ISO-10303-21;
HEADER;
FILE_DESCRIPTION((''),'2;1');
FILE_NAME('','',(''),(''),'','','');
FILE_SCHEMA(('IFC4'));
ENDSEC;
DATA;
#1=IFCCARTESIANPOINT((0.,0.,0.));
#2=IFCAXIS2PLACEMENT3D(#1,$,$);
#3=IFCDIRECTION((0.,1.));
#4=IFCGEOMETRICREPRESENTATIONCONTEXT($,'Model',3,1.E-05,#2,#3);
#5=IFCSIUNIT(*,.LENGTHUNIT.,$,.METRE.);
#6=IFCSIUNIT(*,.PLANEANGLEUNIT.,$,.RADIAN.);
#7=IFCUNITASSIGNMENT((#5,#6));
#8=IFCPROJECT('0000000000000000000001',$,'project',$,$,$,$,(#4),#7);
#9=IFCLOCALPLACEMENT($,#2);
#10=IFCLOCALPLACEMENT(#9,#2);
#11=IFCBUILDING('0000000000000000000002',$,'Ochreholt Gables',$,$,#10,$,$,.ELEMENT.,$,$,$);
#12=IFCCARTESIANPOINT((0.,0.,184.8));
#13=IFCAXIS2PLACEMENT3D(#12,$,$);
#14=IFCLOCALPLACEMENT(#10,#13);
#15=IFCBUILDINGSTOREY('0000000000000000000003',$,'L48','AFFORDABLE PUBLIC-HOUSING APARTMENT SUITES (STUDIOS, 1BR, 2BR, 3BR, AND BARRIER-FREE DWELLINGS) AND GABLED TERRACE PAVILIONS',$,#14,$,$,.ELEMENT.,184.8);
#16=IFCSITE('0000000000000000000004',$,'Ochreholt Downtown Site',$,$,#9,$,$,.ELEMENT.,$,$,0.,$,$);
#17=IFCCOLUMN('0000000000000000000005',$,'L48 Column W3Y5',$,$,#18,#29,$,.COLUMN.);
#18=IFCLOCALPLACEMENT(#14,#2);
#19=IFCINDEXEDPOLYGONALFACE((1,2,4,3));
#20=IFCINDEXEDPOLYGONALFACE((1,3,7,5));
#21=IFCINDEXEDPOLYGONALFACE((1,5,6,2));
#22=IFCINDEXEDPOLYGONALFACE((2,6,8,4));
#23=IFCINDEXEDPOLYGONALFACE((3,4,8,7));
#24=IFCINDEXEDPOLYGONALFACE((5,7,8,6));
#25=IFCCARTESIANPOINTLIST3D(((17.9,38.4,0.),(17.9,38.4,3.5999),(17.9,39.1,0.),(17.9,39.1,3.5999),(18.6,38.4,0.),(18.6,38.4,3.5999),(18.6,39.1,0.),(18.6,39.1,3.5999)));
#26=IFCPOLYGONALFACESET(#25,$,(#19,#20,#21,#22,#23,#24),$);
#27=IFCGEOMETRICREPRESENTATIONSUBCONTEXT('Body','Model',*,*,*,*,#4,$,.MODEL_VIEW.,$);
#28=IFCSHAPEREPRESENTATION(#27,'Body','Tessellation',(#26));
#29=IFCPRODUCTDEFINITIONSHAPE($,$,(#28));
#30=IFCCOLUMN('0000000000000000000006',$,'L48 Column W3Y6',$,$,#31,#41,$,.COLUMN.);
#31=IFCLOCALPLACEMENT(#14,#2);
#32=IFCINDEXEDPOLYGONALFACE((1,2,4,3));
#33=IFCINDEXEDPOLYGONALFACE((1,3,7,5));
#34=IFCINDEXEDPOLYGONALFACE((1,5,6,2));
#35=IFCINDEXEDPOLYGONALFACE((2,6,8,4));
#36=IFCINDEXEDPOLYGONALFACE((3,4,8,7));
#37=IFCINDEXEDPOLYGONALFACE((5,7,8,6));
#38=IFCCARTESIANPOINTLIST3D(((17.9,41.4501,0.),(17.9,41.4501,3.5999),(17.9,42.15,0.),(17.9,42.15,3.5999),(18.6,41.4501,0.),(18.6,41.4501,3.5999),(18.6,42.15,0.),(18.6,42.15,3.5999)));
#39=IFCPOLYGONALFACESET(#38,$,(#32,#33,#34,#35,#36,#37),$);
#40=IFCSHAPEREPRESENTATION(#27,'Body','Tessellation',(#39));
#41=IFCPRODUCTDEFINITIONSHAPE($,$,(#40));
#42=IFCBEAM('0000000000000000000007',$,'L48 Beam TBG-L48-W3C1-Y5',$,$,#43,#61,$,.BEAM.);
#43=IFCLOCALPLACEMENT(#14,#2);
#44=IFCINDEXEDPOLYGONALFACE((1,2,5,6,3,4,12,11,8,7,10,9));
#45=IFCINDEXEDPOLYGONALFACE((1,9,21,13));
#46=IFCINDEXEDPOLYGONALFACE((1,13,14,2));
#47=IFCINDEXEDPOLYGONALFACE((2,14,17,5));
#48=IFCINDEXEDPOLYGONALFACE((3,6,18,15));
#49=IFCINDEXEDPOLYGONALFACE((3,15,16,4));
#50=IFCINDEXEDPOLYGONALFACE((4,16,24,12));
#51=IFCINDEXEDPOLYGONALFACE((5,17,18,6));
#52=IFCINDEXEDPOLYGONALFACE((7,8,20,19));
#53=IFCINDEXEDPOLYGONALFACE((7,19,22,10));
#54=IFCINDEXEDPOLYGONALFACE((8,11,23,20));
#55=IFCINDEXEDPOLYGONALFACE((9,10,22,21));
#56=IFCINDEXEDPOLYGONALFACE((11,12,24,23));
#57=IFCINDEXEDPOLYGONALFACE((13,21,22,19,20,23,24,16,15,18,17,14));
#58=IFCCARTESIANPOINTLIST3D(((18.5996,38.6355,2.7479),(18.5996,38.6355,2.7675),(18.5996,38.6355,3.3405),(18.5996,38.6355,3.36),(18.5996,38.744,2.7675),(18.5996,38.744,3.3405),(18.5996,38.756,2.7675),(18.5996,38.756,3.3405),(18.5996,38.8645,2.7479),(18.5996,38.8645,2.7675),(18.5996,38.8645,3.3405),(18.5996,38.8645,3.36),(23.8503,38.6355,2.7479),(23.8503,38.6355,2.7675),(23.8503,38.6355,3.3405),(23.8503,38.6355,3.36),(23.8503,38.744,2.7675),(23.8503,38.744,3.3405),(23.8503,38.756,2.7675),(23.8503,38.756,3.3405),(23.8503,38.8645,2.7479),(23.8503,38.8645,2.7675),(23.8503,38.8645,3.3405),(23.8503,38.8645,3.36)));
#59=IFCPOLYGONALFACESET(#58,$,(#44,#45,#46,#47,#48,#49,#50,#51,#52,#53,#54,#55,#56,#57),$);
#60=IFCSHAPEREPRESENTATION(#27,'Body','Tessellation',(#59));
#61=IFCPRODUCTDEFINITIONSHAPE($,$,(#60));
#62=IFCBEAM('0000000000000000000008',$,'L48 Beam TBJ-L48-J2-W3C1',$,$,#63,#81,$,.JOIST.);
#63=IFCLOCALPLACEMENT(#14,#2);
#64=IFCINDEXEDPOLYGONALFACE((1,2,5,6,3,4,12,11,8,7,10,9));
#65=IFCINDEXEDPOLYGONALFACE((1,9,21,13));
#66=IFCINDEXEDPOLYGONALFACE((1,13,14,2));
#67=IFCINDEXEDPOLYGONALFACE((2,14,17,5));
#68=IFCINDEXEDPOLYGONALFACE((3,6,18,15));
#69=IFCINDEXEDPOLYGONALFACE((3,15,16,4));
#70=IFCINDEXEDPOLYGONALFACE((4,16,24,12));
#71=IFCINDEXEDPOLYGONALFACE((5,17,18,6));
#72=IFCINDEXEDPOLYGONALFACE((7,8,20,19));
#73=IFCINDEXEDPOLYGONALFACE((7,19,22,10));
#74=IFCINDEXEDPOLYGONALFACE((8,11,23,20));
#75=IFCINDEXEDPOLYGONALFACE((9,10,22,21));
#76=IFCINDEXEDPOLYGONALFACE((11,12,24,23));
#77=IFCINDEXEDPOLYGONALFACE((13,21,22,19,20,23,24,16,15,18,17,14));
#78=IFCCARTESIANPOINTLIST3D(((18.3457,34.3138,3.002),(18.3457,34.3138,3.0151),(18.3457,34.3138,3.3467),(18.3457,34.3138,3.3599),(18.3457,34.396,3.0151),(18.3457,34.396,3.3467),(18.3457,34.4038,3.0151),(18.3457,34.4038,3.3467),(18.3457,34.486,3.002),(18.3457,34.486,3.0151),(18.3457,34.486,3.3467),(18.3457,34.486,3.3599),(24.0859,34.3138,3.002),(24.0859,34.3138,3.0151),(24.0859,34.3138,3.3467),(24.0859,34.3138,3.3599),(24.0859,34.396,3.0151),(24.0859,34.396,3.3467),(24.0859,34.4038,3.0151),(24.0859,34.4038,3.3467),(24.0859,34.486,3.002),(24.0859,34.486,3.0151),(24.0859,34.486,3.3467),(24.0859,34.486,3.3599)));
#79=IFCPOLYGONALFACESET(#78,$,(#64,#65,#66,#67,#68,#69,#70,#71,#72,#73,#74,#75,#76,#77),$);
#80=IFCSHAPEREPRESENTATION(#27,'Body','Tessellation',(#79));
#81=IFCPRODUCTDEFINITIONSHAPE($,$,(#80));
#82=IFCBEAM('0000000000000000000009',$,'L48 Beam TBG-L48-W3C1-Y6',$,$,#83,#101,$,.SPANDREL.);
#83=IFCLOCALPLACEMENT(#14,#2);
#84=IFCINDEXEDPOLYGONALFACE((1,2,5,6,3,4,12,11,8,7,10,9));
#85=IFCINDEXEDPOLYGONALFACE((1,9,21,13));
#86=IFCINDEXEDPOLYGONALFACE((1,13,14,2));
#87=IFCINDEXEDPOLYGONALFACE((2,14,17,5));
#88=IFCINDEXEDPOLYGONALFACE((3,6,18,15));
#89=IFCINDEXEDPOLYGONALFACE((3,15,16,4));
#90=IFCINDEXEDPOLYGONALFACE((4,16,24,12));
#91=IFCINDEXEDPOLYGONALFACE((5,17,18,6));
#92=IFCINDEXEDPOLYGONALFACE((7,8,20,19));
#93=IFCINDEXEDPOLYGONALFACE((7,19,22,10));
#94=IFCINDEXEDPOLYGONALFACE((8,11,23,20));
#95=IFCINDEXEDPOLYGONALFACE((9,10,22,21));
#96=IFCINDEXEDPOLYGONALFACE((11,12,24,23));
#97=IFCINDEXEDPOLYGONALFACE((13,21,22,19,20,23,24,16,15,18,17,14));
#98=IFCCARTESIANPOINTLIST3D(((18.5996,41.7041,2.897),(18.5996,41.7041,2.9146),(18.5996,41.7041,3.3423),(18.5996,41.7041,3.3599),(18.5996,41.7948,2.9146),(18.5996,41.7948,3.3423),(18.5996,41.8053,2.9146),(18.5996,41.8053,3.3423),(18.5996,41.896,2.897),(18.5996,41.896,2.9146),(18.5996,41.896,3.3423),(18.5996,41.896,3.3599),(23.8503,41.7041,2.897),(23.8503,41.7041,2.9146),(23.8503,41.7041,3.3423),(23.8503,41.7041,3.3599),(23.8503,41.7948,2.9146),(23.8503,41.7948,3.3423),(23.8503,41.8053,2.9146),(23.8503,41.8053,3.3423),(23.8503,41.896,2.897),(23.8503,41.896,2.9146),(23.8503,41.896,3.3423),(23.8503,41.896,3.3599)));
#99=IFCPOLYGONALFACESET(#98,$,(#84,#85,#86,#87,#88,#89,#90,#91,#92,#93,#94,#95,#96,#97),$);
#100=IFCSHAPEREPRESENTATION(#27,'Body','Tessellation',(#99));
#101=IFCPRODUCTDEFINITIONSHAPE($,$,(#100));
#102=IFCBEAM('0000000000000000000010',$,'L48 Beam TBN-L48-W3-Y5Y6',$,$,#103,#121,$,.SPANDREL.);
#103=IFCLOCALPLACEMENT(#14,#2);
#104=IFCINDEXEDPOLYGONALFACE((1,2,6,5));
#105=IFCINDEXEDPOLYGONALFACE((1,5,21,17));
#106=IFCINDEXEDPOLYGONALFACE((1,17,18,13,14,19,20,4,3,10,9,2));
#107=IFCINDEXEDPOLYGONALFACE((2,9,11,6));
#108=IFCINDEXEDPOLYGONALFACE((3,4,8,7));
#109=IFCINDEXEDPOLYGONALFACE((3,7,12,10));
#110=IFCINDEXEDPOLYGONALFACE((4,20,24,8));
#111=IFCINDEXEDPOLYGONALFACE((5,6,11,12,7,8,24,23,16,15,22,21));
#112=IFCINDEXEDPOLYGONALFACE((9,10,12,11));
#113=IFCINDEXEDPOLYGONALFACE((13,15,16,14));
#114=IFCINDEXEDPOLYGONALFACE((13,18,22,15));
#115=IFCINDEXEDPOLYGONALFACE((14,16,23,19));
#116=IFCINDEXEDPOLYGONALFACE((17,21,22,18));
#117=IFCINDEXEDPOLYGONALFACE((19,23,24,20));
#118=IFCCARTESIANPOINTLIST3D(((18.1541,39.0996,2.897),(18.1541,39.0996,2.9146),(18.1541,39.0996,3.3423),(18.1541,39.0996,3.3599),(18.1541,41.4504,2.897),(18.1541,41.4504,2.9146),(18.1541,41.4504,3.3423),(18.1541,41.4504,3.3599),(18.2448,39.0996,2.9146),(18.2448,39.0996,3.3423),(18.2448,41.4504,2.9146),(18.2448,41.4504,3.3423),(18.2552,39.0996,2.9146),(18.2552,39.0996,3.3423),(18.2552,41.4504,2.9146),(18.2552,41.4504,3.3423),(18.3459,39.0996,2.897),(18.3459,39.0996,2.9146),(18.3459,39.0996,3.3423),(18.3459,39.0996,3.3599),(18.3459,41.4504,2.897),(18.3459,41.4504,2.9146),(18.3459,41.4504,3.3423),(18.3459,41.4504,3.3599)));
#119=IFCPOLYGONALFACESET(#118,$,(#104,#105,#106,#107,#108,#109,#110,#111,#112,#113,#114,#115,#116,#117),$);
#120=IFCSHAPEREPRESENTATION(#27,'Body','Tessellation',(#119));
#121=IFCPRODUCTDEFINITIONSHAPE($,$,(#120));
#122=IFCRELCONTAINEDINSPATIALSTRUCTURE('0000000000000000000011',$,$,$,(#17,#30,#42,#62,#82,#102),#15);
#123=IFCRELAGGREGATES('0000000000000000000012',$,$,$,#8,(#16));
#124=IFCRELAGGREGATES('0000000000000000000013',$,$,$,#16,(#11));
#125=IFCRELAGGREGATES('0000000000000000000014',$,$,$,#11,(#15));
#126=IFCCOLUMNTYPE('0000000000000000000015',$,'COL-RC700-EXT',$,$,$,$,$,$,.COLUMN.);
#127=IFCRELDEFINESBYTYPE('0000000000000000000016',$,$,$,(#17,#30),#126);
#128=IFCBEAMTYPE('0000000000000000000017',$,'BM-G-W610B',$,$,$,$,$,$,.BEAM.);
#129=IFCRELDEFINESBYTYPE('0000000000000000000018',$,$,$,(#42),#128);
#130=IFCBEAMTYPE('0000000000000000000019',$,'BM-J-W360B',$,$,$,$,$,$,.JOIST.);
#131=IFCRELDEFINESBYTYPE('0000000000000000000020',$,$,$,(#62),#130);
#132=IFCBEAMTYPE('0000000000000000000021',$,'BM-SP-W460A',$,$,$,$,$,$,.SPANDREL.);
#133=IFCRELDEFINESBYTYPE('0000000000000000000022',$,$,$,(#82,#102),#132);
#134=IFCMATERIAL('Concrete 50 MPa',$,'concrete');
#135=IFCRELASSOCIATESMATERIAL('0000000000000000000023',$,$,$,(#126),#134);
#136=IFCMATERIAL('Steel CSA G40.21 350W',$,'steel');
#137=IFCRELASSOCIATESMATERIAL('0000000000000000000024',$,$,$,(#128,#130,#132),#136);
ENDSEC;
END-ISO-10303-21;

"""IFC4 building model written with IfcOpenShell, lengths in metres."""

from ifc_helpers import new_model, si_unit, direction, frame, origin, origin_2d, place, context, subcontext, project, spatial, rectangle, i_section, extrude, material, material_profile, profile_set, type_object, element, save


model = new_model("IFC4")

# Units and contexts
model_context = context("Model", 3, precision=1e-05, world=origin(), true_north=direction((0.0, 1.0)))
body_context = subcontext(model_context, "Body", "Model", "MODEL_VIEW")
ifc_project = project(units=[si_unit("LENGTHUNIT", "METRE"), si_unit("PLANEANGLEUNIT", "RADIAN")], contexts=[model_context])

# Site, building, storey
site_placement = place(None, origin())
site = spatial("IfcSite", under=ifc_project, at=site_placement, Name="Ochreholt Downtown Site", CompositionType="ELEMENT", RefElevation=0.0)
building_placement = place(site_placement, origin())
building = spatial("IfcBuilding", under=site, at=building_placement, Name="Ochreholt Gables", CompositionType="ELEMENT")
storey_placement = place(building_placement, frame((0.0, 0.0, 184.8)))
storey = spatial("IfcBuildingStorey", under=building, at=storey_placement, Name="L48", Description="AFFORDABLE PUBLIC-HOUSING APARTMENT SUITES (STUDIOS, 1BR, 2BR, 3BR, AND BARRIER-FREE DWELLINGS) AND GABLED TERRACE PAVILIONS", CompositionType="ELEMENT", Elevation=184.8)

# Columns
ifc_material_1 = material(Name="Concrete 50 MPa", Category="concrete")
ifc_material_profile_1 = material_profile(ifc_material_1, rectangle(XDim=0.7, YDim=0.7, at=origin_2d()), Name="RC700X700")
ifc_profile_set_1 = profile_set([ifc_material_profile_1], Name="Concrete 50 MPa")
column_type = type_object("IfcColumnType", Name="COL-RC700-EXT", PredefinedType="COLUMN", material=ifc_profile_set_1)
for number, where, z_axis, x_axis, name in (
    (1, (18.25, 38.75, 0.0), (0.0, 0.0, 1.0), (1.0, 0.0, 0.0), "L48 Column W3Y5"),
    (2, (18.25, 41.8, 0.0), (0.0, 0.0, 1.0), (1.0, 0.0, 0.0), "L48 Column W3Y6"),
):
    element("IfcColumn", number, at=place(storey_placement, frame(where, z_axis=z_axis, x_axis=x_axis)), inside=storey, type_object=column_type, Name=name, PredefinedType="COLUMN", context=body_context, shape_type="SweptSolid", body=[
        extrude(rectangle(XDim=0.7, YDim=0.7, at=origin_2d()), origin(), (0.0, 0.0, 1.0), 3.5999),
    ])

# Beams
ifc_material_2 = material(Name="Steel CSA G40.21 350W", Category="steel")
ifc_material_profile_2 = material_profile(ifc_material_2, i_section(OverallWidth=0.229, OverallDepth=0.6121, WebThickness=0.012, FlangeThickness=0.0195, at=origin_2d()), Name="W610X125")
ifc_profile_set_2 = profile_set([ifc_material_profile_2], Name="Steel CSA G40.21 350W")
beam_type_1 = type_object("IfcBeamType", Name="BM-G-W610B", PredefinedType="BEAM", material=ifc_profile_set_2)
beam_1_placement = place(storey_placement, frame((18.5996, 38.75, 3.054), z_axis=(1.0, 0.0, 0.0), x_axis=(0.0, 1.0, 0.0)))
element("IfcBeam", 3, at=beam_1_placement, inside=storey, type_object=beam_type_1, Name="L48 Beam TBG-L48-W3C1-Y5", PredefinedType="BEAM", context=body_context, shape_type="SweptSolid", body=[
    extrude(i_section(OverallWidth=0.229, OverallDepth=0.6121, WebThickness=0.012, FlangeThickness=0.0195, at=origin_2d()), origin(), (0.0, 0.0, 1.0), 5.2507),
])
ifc_material_profile_3 = material_profile(ifc_material_2, i_section(OverallWidth=0.1721, OverallDepth=0.3579, WebThickness=0.0078, FlangeThickness=0.0132, at=origin_2d()), Name="W360X57")
ifc_profile_set_3 = profile_set([ifc_material_profile_3], Name="Steel CSA G40.21 350W")
beam_type_2 = type_object("IfcBeamType", Name="BM-J-W360B", PredefinedType="JOIST", material=ifc_profile_set_3)
beam_2_placement = place(storey_placement, frame((18.3457, 34.3999, 3.1809), z_axis=(1.0, 0.0, 0.0), x_axis=(0.0, 1.0, 0.0)))
element("IfcBeam", 4, at=beam_2_placement, inside=storey, type_object=beam_type_2, Name="L48 Beam TBJ-L48-J2-W3C1", PredefinedType="JOIST", context=body_context, shape_type="SweptSolid", body=[
    extrude(i_section(OverallWidth=0.1721, OverallDepth=0.3579, WebThickness=0.0078, FlangeThickness=0.0132, at=origin_2d()), origin(), (0.0, 0.0, 1.0), 5.7402),
])
ifc_material_profile_4 = material_profile(ifc_material_2, i_section(OverallWidth=0.1919, OverallDepth=0.4629, WebThickness=0.0105, FlangeThickness=0.0176, at=origin_2d()), Name="W460X89")
ifc_profile_set_4 = profile_set([ifc_material_profile_4], Name="Steel CSA G40.21 350W")
beam_type_3 = type_object("IfcBeamType", Name="BM-SP-W460A", PredefinedType="SPANDREL", material=ifc_profile_set_4)
beam_3_placement = place(storey_placement, frame((18.5996, 41.8, 3.1284), z_axis=(1.0, 0.0, 0.0), x_axis=(0.0, 1.0, 0.0)))
element("IfcBeam", 5, at=beam_3_placement, inside=storey, type_object=beam_type_3, Name="L48 Beam TBG-L48-W3C1-Y6", PredefinedType="SPANDREL", context=body_context, shape_type="SweptSolid", body=[
    extrude(i_section(OverallWidth=0.1919, OverallDepth=0.4629, WebThickness=0.0105, FlangeThickness=0.0176, at=origin_2d()), origin(), (0.0, 0.0, 1.0), 5.2507),
])
beam_4_placement = place(storey_placement, frame((18.25, 39.0996, 3.1284), z_axis=(0.0, 1.0, 0.0), x_axis=(-1.0, 0.0, 0.0)))
element("IfcBeam", 6, at=beam_4_placement, inside=storey, type_object=beam_type_3, Name="L48 Beam TBN-L48-W3-Y5Y6", PredefinedType="SPANDREL", context=body_context, shape_type="SweptSolid", body=[
    extrude(i_section(OverallWidth=0.1919, OverallDepth=0.4629, WebThickness=0.0105, FlangeThickness=0.0176, at=origin_2d()), origin(), (0.0, 0.0, 1.0), 2.3508),
])

save(model, "model.ifc")
